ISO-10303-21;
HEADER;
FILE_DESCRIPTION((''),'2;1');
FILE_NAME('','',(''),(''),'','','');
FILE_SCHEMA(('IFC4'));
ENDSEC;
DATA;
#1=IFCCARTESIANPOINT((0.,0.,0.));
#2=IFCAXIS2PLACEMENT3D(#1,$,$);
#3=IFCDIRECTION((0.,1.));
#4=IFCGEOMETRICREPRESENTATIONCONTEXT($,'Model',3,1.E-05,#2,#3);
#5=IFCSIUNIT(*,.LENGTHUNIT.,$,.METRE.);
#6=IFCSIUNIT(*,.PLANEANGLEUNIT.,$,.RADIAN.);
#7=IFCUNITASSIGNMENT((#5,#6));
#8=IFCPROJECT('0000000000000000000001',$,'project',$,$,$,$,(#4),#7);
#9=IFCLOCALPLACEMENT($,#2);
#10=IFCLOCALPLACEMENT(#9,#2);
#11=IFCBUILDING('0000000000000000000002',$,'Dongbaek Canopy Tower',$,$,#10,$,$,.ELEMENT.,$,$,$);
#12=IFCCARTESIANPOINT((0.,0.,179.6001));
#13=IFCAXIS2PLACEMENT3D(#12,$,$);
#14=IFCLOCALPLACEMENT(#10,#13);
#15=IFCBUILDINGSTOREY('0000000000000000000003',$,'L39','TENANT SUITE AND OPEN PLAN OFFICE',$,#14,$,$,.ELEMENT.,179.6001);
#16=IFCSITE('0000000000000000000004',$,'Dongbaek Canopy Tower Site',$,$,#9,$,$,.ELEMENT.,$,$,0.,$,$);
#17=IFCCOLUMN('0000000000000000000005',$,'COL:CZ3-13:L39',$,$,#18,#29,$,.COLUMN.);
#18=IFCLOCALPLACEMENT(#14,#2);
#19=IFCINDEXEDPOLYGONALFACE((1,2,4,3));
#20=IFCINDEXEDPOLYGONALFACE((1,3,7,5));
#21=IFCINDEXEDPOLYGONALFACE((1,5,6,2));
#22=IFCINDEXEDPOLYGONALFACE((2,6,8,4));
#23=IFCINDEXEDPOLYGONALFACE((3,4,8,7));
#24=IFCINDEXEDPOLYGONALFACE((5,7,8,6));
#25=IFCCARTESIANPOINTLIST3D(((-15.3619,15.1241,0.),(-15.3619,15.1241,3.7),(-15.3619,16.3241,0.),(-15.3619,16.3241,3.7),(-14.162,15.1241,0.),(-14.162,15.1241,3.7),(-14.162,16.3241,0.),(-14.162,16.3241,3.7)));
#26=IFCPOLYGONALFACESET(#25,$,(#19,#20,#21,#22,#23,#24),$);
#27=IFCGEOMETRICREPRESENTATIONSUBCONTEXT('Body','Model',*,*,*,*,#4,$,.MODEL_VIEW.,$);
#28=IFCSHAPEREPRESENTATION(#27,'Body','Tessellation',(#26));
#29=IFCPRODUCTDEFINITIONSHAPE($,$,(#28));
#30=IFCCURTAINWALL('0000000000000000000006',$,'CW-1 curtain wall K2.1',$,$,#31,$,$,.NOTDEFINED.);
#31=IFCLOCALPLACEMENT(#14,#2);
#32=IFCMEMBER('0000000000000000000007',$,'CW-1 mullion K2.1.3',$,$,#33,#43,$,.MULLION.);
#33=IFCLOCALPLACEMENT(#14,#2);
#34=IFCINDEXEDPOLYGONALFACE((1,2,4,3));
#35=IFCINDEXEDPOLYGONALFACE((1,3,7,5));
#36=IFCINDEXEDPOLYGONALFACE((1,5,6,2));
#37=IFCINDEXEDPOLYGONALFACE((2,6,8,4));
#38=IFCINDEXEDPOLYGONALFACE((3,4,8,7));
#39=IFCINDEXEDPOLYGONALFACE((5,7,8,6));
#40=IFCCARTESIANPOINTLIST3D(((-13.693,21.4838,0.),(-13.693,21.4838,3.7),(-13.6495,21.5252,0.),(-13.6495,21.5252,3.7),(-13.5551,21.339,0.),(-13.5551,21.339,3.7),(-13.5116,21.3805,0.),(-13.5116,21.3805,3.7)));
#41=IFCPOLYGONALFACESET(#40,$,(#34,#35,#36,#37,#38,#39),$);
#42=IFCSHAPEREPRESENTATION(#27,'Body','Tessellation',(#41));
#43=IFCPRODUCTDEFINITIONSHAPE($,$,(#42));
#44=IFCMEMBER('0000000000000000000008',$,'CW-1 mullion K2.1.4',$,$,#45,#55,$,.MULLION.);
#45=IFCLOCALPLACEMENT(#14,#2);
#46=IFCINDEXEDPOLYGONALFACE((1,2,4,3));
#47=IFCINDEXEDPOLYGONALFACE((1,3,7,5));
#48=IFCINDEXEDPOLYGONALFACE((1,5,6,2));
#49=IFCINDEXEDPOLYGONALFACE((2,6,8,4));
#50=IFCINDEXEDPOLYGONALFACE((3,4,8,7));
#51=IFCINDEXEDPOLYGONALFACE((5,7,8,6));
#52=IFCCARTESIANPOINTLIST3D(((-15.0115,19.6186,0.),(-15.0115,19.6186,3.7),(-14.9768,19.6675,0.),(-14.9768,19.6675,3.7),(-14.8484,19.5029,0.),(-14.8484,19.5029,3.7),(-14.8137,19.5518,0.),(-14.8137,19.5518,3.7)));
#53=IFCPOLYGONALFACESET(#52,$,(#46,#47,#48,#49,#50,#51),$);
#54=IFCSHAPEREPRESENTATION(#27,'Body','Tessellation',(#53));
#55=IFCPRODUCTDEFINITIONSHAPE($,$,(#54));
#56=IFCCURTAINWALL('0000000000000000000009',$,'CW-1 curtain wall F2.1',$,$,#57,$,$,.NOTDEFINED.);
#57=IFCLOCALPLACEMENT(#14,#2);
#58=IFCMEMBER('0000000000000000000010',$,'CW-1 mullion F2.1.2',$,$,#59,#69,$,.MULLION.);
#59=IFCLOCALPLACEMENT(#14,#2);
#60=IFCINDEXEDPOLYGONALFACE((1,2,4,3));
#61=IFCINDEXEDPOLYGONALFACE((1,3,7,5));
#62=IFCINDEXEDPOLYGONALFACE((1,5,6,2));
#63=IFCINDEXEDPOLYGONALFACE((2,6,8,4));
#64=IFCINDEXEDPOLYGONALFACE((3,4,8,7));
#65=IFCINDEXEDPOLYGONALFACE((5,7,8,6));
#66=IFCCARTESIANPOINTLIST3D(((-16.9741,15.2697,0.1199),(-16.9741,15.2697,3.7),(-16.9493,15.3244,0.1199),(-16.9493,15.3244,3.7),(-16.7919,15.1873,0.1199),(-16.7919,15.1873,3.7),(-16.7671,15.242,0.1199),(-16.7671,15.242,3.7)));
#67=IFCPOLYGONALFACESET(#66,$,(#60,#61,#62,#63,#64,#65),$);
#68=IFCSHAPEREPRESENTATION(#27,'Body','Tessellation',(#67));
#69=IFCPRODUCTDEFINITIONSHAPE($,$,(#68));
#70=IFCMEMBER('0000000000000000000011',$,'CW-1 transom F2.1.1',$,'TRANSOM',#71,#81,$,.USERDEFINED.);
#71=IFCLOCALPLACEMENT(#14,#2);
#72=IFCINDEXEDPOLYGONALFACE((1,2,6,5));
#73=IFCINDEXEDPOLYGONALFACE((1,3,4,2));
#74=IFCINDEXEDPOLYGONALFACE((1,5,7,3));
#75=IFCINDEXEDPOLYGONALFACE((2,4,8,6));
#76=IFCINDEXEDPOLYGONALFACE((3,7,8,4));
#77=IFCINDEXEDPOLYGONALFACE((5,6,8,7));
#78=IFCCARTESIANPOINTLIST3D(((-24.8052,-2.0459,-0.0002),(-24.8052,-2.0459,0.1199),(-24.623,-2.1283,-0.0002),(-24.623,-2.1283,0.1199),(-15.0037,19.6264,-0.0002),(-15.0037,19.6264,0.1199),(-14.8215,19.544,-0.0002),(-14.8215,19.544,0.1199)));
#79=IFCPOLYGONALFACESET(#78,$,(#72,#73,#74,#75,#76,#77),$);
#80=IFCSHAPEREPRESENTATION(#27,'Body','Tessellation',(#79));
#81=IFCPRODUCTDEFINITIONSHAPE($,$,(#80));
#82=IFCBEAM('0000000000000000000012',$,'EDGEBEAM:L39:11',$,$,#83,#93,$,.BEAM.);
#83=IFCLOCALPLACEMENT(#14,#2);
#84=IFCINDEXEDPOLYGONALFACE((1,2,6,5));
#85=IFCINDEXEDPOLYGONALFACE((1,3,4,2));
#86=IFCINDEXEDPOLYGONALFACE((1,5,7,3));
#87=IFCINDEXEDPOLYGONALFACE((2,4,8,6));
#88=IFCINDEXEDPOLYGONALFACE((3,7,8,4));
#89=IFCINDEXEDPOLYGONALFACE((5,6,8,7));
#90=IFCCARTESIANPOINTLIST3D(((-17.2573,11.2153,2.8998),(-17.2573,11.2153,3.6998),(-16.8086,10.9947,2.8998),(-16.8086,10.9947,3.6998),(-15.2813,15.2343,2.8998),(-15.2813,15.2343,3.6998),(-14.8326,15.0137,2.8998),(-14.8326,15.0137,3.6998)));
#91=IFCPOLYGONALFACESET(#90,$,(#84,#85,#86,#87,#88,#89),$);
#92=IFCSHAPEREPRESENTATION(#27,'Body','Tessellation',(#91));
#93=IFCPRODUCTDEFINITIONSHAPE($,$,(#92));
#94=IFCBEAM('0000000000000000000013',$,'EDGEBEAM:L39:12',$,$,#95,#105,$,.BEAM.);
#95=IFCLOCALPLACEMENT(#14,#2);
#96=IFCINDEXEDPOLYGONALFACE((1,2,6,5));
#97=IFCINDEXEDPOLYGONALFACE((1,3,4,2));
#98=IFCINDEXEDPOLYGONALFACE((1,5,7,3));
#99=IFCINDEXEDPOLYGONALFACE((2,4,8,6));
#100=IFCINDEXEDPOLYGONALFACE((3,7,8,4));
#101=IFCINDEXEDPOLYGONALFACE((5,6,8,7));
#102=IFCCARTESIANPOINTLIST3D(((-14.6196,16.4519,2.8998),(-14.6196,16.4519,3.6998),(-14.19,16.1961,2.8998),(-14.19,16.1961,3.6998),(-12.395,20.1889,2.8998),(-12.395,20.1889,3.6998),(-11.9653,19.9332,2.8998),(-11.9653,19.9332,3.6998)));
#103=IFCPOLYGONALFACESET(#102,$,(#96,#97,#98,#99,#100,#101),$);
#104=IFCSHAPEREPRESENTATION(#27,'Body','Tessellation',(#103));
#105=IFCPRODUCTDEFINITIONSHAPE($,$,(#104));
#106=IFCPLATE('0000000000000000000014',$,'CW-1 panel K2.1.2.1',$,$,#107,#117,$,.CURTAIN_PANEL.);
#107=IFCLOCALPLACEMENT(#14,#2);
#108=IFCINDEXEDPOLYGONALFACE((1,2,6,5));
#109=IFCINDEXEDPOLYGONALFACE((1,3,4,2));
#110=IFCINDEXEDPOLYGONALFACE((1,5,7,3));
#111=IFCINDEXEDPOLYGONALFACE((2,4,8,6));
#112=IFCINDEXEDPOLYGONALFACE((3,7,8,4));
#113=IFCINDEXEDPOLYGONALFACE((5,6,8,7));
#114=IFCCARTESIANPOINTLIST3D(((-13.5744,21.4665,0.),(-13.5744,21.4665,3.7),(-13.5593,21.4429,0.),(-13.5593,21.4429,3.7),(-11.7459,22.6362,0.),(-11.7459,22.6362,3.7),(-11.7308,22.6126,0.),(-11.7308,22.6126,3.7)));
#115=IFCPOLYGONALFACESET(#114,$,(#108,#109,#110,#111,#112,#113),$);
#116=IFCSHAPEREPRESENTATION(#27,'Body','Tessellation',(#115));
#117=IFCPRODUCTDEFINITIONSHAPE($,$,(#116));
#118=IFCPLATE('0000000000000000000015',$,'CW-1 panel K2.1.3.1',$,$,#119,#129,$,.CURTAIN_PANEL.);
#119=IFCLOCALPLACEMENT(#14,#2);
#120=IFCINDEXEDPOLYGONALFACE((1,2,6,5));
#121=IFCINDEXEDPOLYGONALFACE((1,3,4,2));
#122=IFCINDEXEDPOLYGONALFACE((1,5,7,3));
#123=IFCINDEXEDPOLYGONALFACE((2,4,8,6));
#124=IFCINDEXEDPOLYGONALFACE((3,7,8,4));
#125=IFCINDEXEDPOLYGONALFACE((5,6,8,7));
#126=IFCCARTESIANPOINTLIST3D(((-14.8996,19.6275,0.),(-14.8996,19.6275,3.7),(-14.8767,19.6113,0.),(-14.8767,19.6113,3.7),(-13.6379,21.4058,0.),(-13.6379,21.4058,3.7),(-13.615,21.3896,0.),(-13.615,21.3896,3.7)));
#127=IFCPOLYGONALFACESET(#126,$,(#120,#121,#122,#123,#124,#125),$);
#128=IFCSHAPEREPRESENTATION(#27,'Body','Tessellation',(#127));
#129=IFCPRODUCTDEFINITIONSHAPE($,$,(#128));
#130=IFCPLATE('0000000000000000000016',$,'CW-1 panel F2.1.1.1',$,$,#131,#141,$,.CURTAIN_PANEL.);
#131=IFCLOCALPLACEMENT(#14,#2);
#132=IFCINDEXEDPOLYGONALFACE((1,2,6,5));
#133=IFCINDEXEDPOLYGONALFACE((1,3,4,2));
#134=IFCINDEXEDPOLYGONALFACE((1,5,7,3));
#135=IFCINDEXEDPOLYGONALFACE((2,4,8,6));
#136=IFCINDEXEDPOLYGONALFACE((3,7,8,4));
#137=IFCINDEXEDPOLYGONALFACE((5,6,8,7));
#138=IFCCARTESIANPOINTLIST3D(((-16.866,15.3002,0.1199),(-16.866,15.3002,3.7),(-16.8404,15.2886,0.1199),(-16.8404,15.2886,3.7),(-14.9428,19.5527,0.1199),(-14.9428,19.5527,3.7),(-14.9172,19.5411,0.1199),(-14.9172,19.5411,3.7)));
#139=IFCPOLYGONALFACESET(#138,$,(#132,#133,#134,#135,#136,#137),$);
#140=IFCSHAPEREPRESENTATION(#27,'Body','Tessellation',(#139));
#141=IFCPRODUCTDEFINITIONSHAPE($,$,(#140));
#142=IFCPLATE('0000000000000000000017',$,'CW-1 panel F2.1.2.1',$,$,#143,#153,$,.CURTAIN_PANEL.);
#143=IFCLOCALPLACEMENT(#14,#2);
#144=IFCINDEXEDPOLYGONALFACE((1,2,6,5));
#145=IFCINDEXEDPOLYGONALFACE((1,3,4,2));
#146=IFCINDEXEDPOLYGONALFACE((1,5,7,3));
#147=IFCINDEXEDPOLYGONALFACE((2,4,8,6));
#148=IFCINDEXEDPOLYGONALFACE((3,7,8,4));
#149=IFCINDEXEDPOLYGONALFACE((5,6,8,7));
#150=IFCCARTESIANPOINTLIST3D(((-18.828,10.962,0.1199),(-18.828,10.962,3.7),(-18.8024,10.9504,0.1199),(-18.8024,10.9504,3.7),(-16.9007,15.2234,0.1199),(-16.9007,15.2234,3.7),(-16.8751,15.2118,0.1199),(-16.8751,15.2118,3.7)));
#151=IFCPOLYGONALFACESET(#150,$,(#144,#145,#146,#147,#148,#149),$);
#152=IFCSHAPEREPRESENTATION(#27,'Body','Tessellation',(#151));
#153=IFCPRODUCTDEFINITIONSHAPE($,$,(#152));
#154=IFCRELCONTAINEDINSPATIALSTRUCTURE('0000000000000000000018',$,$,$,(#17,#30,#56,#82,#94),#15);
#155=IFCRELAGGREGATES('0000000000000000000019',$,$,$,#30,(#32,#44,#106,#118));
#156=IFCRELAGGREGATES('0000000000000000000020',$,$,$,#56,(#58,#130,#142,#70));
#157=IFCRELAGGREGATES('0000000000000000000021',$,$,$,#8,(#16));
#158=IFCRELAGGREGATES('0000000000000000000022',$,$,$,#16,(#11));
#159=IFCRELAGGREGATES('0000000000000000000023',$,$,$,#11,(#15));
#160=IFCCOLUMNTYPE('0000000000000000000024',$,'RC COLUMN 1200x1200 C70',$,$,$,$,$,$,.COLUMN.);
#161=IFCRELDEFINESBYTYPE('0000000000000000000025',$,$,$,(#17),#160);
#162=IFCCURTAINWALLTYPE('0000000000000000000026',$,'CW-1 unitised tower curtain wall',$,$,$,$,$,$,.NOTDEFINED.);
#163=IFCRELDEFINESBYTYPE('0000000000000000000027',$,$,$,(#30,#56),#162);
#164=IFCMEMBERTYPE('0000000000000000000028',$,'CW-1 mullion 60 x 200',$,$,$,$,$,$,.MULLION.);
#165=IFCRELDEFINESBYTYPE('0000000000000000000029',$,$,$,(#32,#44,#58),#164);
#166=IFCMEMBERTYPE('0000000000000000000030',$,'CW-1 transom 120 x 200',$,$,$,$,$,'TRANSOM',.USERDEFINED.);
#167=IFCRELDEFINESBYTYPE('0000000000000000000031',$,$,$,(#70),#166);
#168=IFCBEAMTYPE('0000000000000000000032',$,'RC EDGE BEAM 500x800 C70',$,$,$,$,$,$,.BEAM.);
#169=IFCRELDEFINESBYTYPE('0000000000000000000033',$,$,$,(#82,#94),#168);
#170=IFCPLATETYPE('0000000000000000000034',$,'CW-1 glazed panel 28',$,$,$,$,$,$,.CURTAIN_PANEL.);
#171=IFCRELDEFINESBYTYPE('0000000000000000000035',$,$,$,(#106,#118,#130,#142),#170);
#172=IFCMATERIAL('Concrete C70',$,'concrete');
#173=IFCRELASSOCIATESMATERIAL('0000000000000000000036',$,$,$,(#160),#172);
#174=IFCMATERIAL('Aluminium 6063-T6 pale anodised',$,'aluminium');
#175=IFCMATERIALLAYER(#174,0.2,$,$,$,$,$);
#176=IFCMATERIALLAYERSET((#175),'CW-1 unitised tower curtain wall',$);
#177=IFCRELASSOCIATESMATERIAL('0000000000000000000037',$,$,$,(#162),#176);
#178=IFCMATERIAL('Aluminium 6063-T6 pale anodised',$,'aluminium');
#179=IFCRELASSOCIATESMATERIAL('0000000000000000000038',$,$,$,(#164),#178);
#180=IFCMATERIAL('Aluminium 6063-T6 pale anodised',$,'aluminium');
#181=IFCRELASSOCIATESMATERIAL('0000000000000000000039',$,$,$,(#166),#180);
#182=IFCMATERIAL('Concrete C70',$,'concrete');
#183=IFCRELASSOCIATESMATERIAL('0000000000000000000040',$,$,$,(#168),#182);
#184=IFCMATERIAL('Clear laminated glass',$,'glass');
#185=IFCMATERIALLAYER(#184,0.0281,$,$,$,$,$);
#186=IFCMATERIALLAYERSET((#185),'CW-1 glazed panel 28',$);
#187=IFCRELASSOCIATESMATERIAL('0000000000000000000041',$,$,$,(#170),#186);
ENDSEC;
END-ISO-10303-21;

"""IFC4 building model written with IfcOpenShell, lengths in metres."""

from ifc_helpers import new_model, si_unit, direction, frame, origin, origin_2d, place, context, subcontext, project, spatial, rectangle, extrude, material, layer, layer_set, material_profile, profile_set, type_object, element, aggregate, save


model = new_model("IFC4")

# Units and contexts
model_context = context("Model", 3, precision=1e-05, world=origin(), true_north=direction((0.0, 1.0)))
body_context = subcontext(model_context, "Body", "Model", "MODEL_VIEW")
ifc_project = project(units=[si_unit("LENGTHUNIT", "METRE"), si_unit("PLANEANGLEUNIT", "RADIAN")], contexts=[model_context])

# Site, building, storey
site_placement = place(None, origin())
site = spatial("IfcSite", under=ifc_project, at=site_placement, Name="Dongbaek Canopy Tower Site", CompositionType="ELEMENT", RefElevation=0.0)
building_placement = place(site_placement, origin())
building = spatial("IfcBuilding", under=site, at=building_placement, Name="Dongbaek Canopy Tower", CompositionType="ELEMENT")
storey_placement = place(building_placement, frame((0.0, 0.0, 179.6001)))
storey = spatial("IfcBuildingStorey", under=building, at=storey_placement, Name="L39", Description="TENANT SUITE AND OPEN PLAN OFFICE", CompositionType="ELEMENT", Elevation=179.6001)

# Column
ifc_material_1 = material(Name="Concrete C70", Category="concrete")
ifc_material_profile_1 = material_profile(ifc_material_1, rectangle(XDim=1.2, YDim=1.2, at=origin_2d()), Name="RC COLUMN 1200x1200 C70")
ifc_profile_set_1 = profile_set([ifc_material_profile_1], Name="Concrete C70")
column_type = type_object("IfcColumnType", Name="RC COLUMN 1200x1200 C70", PredefinedType="COLUMN", material=ifc_profile_set_1)
column_placement = place(storey_placement, frame((-14.762, 15.7241, 0.0), z_axis=(0.0, 0.0, 1.0), x_axis=(1.0, 0.0, 0.0)))
element("IfcColumn", 1, at=column_placement, inside=storey, type_object=column_type, Name="COL:CZ3-13:L39", PredefinedType="COLUMN", context=body_context, shape_type="SweptSolid", body=[
    extrude(rectangle(XDim=1.2, YDim=1.2, at=origin_2d()), origin(), (0.0, 0.0, 1.0), 3.7),
])

# Curtain walls, members
ifc_material_2 = material(Name="Aluminium 6063-T6 pale anodised", Category="aluminium")
ifc_layer_1 = layer(ifc_material_2, 0.2)
ifc_layer_set_1 = layer_set([ifc_layer_1], Name="CW-1 unitised tower curtain wall")
curtain_wall_type = type_object("IfcCurtainWallType", Name="CW-1 unitised tower curtain wall", PredefinedType="NOTDEFINED", material=ifc_layer_set_1)
curtain_wall_1_placement = place(storey_placement, origin())
curtain_wall_1 = element("IfcCurtainWall", 2, at=curtain_wall_1_placement, inside=storey, type_object=curtain_wall_type, Name="CW-1 curtain wall K2.1", PredefinedType="NOTDEFINED")
ifc_material_3 = material(Name="Aluminium 6063-T6 pale anodised", Category="aluminium")
ifc_material_profile_2 = material_profile(ifc_material_3, rectangle(XDim=0.2, YDim=0.0601, at=origin_2d()), Name="CW-1 mullion 60 x 200")
ifc_profile_set_2 = profile_set([ifc_material_profile_2], Name="Aluminium 6063-T6 pale anodised")
member_type_1 = type_object("IfcMemberType", Name="CW-1 mullion 60 x 200", PredefinedType="MULLION", material=ifc_profile_set_2)
member_1_placement = place(storey_placement, frame((-13.6023, 21.4321, 0.0), z_axis=(0.0, 0.0, 1.0), x_axis=(-0.689953, 0.723854, 0.0)))
member_1 = element("IfcMember", 3, at=member_1_placement, type_object=member_type_1, Name="CW-1 mullion K2.1.3", PredefinedType="MULLION", context=body_context, shape_type="SweptSolid", body=[
    extrude(rectangle(XDim=0.2, YDim=0.0601, at=origin_2d()), origin(), (0.0, 0.0, 1.0), 3.7),
])
member_2_placement = place(storey_placement, frame((-14.9126, 19.5852, 0.0), z_axis=(0.0, 0.0, 1.0), x_axis=(-0.815587, 0.578635, 0.0)))
member_2 = element("IfcMember", 4, at=member_2_placement, type_object=member_type_1, Name="CW-1 mullion K2.1.4", PredefinedType="MULLION", context=body_context, shape_type="SweptSolid", body=[
    extrude(rectangle(XDim=0.2, YDim=0.0601, at=origin_2d()), origin(), (0.0, 0.0, 1.0), 3.7),
])
curtain_wall_2_placement = place(storey_placement, origin())
curtain_wall_2 = element("IfcCurtainWall", 5, at=curtain_wall_2_placement, inside=storey, type_object=curtain_wall_type, Name="CW-1 curtain wall F2.1", PredefinedType="NOTDEFINED")
member_3_placement = place(storey_placement, frame((-16.8706, 15.2559, 0.1199), z_axis=(0.0, 0.0, 1.0), x_axis=(-0.911148, 0.41208, 0.0)))
member_3 = element("IfcMember", 6, at=member_3_placement, type_object=member_type_1, Name="CW-1 mullion F2.1.2", PredefinedType="MULLION", context=body_context, shape_type="SweptSolid", body=[
    extrude(rectangle(XDim=0.2, YDim=0.0601, at=origin_2d()), origin(), (0.0, 0.0, 1.0), 3.5801),
])
ifc_material_4 = material(Name="Aluminium 6063-T6 pale anodised", Category="aluminium")
ifc_material_profile_3 = material_profile(ifc_material_4, rectangle(XDim=0.2, YDim=0.1201, at=origin_2d()), Name="CW-1 transom 120 x 200")
ifc_profile_set_3 = profile_set([ifc_material_profile_3], Name="Aluminium 6063-T6 pale anodised")
member_type_2 = type_object("IfcMemberType", Name="CW-1 transom 120 x 200", ElementType="TRANSOM", PredefinedType="USERDEFINED", material=ifc_profile_set_3)
member_4_placement = place(storey_placement, frame((-14.9126, 19.5852, 0.0598), z_axis=(-0.412075, -0.91115, 0.0), x_axis=(0.91115, -0.412075, 0.0)))
member_4 = element("IfcMember", 7, at=member_4_placement, type_object=member_type_2, Name="CW-1 transom F2.1.1", ObjectType="TRANSOM", PredefinedType="USERDEFINED", context=body_context, shape_type="SweptSolid", body=[
    extrude(rectangle(XDim=0.2, YDim=0.1201, at=origin_2d()), origin(), (0.0, 0.0, 1.0), 23.7856),
])

# Beams
ifc_material_5 = material(Name="Concrete C70", Category="concrete")
ifc_material_profile_4 = material_profile(ifc_material_5, rectangle(XDim=0.5, YDim=0.8, at=origin_2d()), Name="RC EDGE BEAM 500x800 C70")
ifc_profile_set_4 = profile_set([ifc_material_profile_4], Name="Concrete C70")
beam_type = type_object("IfcBeamType", Name="RC EDGE BEAM 500x800 C70", PredefinedType="BEAM", material=ifc_profile_set_4)
beam_1_placement = place(storey_placement, frame((-17.033, 11.105, 3.2998), z_axis=(0.441229, 0.897395, 0.0), x_axis=(-0.897395, 0.441229, 0.0)))
element("IfcBeam", 8, at=beam_1_placement, inside=storey, type_object=beam_type, Name="EDGEBEAM:L39:11", PredefinedType="BEAM", context=body_context, shape_type="SweptSolid", body=[
    extrude(rectangle(XDim=0.5, YDim=0.8, at=origin_2d()), origin(), (0.0, 0.0, 1.0), 4.4785),
])
beam_2_placement = place(storey_placement, frame((-14.4048, 16.324, 3.2998), z_axis=(0.511512, 0.859276, 0.0), x_axis=(-0.859276, 0.511512, 0.0)))
element("IfcBeam", 9, at=beam_2_placement, inside=storey, type_object=beam_type, Name="EDGEBEAM:L39:12", PredefinedType="BEAM", context=body_context, shape_type="SweptSolid", body=[
    extrude(rectangle(XDim=0.5, YDim=0.8, at=origin_2d()), origin(), (0.0, 0.0, 1.0), 4.3491),
])

# Plates
ifc_material_6 = material(Name="Clear laminated glass", Category="glass")
ifc_layer_2 = layer(ifc_material_6, 0.0281)
ifc_layer_set_2 = layer_set([ifc_layer_2], Name="CW-1 glazed panel 28")
plate_type = type_object("IfcPlateType", Name="CW-1 glazed panel 28", PredefinedType="CURTAIN_PANEL", material=ifc_layer_set_2)
plate_1_placement = place(storey_placement, frame((-12.6526, 22.0396, 0.0), z_axis=(0.0, 0.0, 1.0), x_axis=(-0.842383, -0.53888, 0.0)))
plate_1 = element("IfcPlate", 10, at=plate_1_placement, type_object=plate_type, Name="CW-1 panel K2.1.2.1", PredefinedType="CURTAIN_PANEL", context=body_context, shape_type="SweptSolid", body=[
    extrude(rectangle(XDim=2.1707, YDim=0.0281, at=origin_2d()), origin(), (0.0, 0.0, 1.0), 3.7),
])
plate_2_placement = place(storey_placement, frame((-14.2573, 20.5085, 0.0), z_axis=(0.0, 0.0, 1.0), x_axis=(-0.578635, -0.815587, 0.0)))
plate_2 = element("IfcPlate", 11, at=plate_2_placement, type_object=plate_type, Name="CW-1 panel K2.1.3.1", PredefinedType="CURTAIN_PANEL", context=body_context, shape_type="SweptSolid", body=[
    extrude(rectangle(XDim=2.1804, YDim=0.0281, at=origin_2d()), origin(), (0.0, 0.0, 1.0), 3.7),
])
aggregate(curtain_wall_1, [member_1, member_2, plate_1, plate_2])
plate_3_placement = place(storey_placement, frame((-15.8916, 17.4207, 0.1199), z_axis=(0.0, 0.0, 1.0), x_axis=(-0.41208, -0.911148, 0.0)))
plate_3 = element("IfcPlate", 12, at=plate_3_placement, type_object=plate_type, Name="CW-1 panel F2.1.1.1", PredefinedType="CURTAIN_PANEL", context=body_context, shape_type="SweptSolid", body=[
    extrude(rectangle(XDim=4.6672, YDim=0.0281, at=origin_2d()), origin(), (0.0, 0.0, 1.0), 3.5801),
])
plate_4_placement = place(storey_placement, frame((-17.8516, 13.0869, 0.1199), z_axis=(0.0, 0.0, 1.0), x_axis=(-0.41208, -0.911148, 0.0)))
plate_4 = element("IfcPlate", 13, at=plate_4_placement, type_object=plate_type, Name="CW-1 panel F2.1.2.1", PredefinedType="CURTAIN_PANEL", context=body_context, shape_type="SweptSolid", body=[
    extrude(rectangle(XDim=4.677, YDim=0.0281, at=origin_2d()), origin(), (0.0, 0.0, 1.0), 3.5801),
])

aggregate(curtain_wall_2, [member_3, plate_3, plate_4, member_4])

save(model, "model.ifc")
